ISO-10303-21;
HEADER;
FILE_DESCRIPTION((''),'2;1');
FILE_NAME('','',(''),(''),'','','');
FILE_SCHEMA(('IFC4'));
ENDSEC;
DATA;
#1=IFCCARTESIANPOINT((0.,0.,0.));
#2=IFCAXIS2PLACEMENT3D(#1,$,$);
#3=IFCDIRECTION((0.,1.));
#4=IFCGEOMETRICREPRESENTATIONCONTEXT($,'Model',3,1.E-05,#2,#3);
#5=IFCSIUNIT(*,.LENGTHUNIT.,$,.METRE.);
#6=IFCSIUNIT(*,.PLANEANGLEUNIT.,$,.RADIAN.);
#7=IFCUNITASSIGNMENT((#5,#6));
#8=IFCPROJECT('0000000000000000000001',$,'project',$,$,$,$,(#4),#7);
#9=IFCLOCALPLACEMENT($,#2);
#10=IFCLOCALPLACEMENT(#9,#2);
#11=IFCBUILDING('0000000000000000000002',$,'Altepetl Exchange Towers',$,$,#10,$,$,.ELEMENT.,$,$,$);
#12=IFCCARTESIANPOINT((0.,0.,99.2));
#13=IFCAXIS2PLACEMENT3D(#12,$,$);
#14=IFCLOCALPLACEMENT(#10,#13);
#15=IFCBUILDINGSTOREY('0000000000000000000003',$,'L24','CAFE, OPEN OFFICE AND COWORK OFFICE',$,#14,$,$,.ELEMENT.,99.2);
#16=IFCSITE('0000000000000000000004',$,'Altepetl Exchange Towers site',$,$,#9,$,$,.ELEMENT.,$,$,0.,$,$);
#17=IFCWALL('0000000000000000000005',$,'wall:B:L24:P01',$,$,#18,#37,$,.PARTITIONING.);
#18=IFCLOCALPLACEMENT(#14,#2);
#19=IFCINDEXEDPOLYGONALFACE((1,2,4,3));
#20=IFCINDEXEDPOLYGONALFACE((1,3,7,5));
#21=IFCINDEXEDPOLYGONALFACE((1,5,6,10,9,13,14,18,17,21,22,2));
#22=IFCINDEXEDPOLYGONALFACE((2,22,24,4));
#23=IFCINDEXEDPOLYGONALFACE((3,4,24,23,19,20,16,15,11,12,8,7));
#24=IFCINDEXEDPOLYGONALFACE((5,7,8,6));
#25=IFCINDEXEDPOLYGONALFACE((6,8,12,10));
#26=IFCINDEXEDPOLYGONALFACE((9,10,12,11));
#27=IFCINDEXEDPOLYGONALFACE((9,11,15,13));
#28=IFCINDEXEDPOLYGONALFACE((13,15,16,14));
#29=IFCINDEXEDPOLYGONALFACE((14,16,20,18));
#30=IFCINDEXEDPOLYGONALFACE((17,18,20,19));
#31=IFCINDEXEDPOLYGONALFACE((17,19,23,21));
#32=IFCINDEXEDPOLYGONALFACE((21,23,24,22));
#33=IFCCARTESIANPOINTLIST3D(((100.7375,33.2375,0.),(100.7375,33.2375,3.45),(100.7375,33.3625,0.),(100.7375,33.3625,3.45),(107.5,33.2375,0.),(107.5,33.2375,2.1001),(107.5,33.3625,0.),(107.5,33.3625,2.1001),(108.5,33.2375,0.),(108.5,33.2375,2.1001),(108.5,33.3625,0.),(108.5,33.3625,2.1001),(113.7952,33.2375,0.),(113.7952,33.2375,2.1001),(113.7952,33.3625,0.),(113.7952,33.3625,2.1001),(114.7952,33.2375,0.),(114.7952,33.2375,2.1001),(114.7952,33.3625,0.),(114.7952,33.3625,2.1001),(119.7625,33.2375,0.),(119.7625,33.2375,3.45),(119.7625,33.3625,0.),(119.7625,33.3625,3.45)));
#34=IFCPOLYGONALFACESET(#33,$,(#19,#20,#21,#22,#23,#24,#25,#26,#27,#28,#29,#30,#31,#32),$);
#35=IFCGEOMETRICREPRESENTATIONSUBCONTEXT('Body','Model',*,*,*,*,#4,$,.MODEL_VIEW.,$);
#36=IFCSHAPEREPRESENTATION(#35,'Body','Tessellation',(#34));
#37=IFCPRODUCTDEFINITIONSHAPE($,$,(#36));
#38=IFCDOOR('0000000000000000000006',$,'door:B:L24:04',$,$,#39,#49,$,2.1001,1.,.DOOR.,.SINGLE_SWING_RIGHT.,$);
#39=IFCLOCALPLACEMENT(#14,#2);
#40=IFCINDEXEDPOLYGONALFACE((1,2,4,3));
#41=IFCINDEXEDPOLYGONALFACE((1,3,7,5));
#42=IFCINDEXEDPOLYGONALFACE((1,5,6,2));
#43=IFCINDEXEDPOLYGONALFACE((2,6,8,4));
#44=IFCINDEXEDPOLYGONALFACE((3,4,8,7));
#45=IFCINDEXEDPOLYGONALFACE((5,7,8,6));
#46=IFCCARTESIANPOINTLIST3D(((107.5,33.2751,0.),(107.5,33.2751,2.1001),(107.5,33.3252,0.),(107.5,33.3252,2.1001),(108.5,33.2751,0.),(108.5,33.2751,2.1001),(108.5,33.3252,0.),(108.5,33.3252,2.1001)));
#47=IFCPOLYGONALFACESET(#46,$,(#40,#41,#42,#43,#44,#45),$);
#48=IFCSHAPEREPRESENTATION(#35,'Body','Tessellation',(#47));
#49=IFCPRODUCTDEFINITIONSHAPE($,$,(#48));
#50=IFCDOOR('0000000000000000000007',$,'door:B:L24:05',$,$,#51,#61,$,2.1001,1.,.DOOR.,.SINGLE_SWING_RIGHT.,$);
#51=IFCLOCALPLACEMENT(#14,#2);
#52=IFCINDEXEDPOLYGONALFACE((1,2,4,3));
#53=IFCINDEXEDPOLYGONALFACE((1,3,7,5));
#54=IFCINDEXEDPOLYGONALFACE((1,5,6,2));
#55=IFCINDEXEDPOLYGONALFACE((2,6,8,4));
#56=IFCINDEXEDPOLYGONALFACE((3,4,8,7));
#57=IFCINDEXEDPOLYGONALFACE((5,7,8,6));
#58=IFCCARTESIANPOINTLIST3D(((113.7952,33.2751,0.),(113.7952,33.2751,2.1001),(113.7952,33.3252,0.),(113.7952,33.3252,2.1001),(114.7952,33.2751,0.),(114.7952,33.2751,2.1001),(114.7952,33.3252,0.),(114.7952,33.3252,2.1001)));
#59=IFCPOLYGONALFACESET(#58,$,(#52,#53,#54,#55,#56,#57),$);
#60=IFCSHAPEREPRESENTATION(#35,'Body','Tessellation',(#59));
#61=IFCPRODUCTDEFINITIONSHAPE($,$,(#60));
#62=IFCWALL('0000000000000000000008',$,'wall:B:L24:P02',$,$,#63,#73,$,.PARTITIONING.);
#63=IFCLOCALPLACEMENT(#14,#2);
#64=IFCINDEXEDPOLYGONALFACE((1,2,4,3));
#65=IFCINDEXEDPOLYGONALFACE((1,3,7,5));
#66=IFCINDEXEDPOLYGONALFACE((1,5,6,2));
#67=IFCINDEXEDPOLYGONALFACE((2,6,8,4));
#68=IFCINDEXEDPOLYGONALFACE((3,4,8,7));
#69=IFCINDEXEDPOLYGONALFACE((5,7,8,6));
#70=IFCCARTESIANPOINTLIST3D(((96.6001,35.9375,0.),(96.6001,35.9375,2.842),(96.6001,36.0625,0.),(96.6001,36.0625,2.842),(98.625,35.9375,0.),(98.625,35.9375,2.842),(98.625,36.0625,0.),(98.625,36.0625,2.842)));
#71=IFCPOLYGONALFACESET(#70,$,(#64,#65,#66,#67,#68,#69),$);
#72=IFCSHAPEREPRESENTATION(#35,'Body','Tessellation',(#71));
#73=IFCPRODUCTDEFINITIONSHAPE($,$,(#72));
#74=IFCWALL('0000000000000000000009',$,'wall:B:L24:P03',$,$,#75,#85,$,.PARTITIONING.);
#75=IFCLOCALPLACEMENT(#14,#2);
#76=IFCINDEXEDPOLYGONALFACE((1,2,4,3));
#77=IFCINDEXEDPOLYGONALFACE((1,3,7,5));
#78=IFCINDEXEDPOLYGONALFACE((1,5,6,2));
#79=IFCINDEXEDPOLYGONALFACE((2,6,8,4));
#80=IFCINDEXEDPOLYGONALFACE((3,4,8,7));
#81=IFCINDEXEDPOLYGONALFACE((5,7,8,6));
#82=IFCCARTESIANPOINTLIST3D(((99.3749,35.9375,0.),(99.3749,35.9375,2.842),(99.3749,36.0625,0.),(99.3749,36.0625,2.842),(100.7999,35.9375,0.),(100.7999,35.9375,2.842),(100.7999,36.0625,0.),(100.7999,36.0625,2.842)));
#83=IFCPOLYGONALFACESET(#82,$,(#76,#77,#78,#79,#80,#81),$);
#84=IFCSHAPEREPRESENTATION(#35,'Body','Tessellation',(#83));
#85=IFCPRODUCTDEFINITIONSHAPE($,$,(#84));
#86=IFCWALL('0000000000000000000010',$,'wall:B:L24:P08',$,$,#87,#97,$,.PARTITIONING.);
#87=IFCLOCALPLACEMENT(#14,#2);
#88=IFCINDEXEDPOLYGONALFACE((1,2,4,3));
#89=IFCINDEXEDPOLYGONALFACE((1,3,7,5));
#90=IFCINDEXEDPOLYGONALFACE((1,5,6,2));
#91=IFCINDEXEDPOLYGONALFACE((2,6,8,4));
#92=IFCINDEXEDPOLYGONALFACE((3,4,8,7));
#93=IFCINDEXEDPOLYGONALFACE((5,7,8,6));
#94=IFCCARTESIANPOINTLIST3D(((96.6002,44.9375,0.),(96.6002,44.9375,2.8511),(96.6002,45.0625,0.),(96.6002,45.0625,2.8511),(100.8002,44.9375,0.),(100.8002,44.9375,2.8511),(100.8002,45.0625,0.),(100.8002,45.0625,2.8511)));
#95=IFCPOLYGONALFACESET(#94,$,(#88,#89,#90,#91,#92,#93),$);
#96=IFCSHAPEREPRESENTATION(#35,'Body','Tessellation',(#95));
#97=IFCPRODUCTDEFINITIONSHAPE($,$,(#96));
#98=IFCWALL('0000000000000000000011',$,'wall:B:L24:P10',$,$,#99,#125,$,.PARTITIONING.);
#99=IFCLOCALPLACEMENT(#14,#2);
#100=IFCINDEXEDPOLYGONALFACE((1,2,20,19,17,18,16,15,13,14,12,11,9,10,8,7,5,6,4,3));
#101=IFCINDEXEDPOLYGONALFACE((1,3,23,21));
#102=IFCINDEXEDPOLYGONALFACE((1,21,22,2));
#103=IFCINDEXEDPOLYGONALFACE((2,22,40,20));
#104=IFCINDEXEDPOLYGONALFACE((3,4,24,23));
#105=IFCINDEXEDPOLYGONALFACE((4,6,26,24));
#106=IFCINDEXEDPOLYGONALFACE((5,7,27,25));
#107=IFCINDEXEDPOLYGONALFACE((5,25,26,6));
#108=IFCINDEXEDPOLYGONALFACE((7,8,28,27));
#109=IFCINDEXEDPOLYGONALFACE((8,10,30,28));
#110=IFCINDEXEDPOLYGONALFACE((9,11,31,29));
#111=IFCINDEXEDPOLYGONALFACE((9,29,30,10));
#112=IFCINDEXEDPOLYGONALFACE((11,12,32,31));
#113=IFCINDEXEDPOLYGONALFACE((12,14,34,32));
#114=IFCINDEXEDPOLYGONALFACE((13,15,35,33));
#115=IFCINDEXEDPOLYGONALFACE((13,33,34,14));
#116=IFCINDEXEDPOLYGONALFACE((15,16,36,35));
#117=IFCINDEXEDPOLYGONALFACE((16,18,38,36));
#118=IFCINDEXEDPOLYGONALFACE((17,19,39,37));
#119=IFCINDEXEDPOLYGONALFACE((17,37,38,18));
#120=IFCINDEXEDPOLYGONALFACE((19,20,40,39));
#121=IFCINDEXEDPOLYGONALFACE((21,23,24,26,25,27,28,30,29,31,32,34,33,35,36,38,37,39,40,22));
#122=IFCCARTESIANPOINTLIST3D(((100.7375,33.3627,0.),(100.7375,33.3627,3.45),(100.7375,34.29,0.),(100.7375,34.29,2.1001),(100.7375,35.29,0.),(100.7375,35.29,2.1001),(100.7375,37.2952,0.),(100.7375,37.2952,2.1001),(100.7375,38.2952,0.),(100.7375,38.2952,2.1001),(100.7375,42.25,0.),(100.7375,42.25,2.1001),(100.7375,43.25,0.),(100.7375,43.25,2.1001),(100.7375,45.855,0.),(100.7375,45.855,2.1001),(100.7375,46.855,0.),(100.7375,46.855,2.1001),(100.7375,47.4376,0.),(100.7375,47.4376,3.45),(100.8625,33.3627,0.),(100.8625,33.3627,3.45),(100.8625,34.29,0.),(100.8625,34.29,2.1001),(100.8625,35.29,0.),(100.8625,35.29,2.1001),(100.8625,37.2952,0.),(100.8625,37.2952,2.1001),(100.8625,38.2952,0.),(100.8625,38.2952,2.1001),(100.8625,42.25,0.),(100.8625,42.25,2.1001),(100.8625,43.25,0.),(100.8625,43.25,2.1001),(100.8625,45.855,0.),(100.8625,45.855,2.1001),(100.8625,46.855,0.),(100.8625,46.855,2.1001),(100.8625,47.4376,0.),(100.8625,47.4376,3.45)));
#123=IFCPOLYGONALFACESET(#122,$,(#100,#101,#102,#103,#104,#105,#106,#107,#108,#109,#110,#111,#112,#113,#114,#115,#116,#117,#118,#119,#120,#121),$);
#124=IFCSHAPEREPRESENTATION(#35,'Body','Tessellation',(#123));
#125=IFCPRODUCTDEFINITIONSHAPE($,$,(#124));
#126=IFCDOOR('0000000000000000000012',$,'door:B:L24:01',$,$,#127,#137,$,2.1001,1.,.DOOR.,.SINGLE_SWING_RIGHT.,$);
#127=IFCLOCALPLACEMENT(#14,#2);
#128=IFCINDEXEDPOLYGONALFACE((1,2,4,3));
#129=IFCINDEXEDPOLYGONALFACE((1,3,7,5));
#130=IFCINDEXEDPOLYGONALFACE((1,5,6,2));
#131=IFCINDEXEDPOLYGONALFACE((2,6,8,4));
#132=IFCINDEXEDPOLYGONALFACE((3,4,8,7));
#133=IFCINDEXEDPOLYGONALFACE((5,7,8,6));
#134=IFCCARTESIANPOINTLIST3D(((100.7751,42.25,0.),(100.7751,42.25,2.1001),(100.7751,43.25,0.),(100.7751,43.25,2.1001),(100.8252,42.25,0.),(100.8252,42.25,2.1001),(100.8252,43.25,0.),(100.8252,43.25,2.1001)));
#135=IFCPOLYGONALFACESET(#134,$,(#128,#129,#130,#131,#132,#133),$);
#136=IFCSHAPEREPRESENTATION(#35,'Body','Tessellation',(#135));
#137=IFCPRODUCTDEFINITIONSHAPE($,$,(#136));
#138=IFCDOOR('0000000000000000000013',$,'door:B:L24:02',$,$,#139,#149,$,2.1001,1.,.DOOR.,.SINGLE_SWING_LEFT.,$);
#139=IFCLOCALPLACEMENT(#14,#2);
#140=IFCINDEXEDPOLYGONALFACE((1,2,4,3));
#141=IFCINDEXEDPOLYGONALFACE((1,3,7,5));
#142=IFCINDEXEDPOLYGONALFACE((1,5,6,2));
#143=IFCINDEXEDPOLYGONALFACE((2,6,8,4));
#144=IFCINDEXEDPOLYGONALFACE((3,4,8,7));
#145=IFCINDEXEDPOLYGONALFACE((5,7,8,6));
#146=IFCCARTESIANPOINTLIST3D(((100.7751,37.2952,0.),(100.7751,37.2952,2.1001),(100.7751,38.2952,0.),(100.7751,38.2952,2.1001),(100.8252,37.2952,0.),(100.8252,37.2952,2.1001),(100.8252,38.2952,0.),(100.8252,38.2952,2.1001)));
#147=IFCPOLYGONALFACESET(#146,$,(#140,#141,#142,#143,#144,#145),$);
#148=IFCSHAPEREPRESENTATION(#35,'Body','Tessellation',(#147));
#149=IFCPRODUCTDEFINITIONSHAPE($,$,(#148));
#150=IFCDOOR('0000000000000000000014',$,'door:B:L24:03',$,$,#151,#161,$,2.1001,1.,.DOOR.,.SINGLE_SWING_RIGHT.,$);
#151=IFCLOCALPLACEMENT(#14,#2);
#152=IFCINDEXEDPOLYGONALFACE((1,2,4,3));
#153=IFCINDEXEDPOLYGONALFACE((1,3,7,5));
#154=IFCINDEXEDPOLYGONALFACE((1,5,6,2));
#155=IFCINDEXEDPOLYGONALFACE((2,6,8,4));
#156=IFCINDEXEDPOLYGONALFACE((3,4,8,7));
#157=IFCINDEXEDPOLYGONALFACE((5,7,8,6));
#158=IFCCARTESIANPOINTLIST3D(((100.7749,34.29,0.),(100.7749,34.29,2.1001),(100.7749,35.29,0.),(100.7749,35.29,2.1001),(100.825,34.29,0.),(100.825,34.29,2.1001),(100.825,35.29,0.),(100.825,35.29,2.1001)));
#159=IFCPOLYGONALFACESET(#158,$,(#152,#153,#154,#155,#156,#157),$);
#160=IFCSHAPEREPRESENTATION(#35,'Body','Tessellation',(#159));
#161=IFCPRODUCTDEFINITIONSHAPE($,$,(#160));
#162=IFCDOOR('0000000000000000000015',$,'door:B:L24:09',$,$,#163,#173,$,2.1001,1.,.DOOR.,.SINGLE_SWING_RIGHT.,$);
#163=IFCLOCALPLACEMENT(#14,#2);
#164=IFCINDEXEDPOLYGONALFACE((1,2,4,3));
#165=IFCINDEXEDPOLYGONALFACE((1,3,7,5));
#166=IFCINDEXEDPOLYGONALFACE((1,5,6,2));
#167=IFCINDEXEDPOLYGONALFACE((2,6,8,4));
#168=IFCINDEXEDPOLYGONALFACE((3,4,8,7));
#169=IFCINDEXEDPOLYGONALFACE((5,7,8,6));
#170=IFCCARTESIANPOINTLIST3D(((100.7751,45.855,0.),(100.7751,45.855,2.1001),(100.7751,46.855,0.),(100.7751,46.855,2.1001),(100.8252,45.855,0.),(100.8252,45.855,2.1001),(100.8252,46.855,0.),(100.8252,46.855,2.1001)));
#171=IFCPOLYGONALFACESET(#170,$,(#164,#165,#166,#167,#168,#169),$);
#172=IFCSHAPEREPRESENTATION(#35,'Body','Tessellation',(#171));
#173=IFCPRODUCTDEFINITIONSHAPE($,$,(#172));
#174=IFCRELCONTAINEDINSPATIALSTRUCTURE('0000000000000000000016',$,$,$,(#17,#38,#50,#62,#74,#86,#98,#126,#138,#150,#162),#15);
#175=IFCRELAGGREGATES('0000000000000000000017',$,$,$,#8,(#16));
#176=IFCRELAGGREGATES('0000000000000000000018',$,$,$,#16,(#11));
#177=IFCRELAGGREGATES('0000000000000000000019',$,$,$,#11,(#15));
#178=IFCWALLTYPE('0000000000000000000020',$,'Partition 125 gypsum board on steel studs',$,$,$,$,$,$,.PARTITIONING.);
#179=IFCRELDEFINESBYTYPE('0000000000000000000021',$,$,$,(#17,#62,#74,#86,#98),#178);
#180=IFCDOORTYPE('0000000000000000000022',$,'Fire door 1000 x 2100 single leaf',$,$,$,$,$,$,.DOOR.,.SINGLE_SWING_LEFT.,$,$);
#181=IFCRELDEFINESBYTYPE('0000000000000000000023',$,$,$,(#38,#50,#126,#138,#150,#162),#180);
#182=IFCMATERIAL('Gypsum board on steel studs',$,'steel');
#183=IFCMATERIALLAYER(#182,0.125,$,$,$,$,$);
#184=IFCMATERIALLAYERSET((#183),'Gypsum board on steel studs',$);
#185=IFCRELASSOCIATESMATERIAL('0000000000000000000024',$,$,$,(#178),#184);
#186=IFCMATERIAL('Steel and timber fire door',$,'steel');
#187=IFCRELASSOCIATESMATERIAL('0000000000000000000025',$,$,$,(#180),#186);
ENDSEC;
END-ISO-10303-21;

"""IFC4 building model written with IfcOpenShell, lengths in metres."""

from ifc_helpers import new_model, si_unit, direction, frame, frame_2d, origin, place, context, subcontext, project, spatial, rectangle, extrude, material, layer, layer_set, type_object, element, fill, save


model = new_model("IFC4")

# Units and contexts
model_context = context("Model", 3, precision=1e-05, world=origin(), true_north=direction((0.0, 1.0)))
body_context = subcontext(model_context, "Body", "Model", "MODEL_VIEW")
ifc_project = project(units=[si_unit("LENGTHUNIT", "METRE"), si_unit("PLANEANGLEUNIT", "RADIAN")], contexts=[model_context])

# Site, building, storey
site_placement = place(None, origin())
site = spatial("IfcSite", under=ifc_project, at=site_placement, Name="Altepetl Exchange Towers site", CompositionType="ELEMENT", RefElevation=0.0)
building_placement = place(site_placement, origin())
building = spatial("IfcBuilding", under=site, at=building_placement, Name="Altepetl Exchange Towers", CompositionType="ELEMENT")
storey_placement = place(building_placement, frame((0.0, 0.0, 99.2)))
storey = spatial("IfcBuildingStorey", under=building, at=storey_placement, Name="L24", Description="CAFE, OPEN OFFICE AND COWORK OFFICE", CompositionType="ELEMENT", Elevation=99.2)

# Wall, openings, doors
ifc_material_1 = material(Name="Gypsum board on steel studs", Category="steel")
ifc_layer_1 = layer(ifc_material_1, 0.125)
ifc_layer_set_1 = layer_set([ifc_layer_1], Name="Gypsum board on steel studs")
wall_type_1 = type_object("IfcWallType", Name="Partition 125 gypsum board on steel studs", PredefinedType="PARTITIONING", material=ifc_layer_set_1)
wall_1_placement = place(storey_placement, frame((100.7375, 33.3, 0.0)))
wall_1 = element("IfcWall", 1, at=wall_1_placement, inside=storey, type_object=wall_type_1, Name="wall:B:L24:P01", PredefinedType="PARTITIONING", context=body_context, shape_type="SweptSolid", body=[
    extrude(rectangle(XDim=19.0249, YDim=0.125, at=frame_2d((9.5125, 0.0))), origin(), (0.0, 0.0, 1.0), 3.45),
])
opening_1_placement = place(wall_1_placement, frame((6.7625, 0.0, 0.0)))
opening_1 = element("IfcOpeningElement", 2, at=opening_1_placement, cuts=wall_1, PredefinedType="OPENING", context=body_context, shape_type="SweptSolid", body=[
    extrude(rectangle(XDim=1.0, YDim=2.1001, at=frame_2d((0.5, 1.05))), frame((0.0, 0.0725, 0.0), z_axis=(0.0, -1.0, 0.0), x_axis=(1.0, 0.0, 0.0)), (0.0, 0.0, 1.0), 0.145),
])
opening_2_placement = place(wall_1_placement, frame((13.0576, 0.0, 0.0)))
opening_2 = element("IfcOpeningElement", 3, at=opening_2_placement, cuts=wall_1, PredefinedType="OPENING", context=body_context, shape_type="SweptSolid", body=[
    extrude(rectangle(XDim=1.0, YDim=2.1001, at=frame_2d((0.5, 1.05))), frame((0.0, 0.0725, 0.0), z_axis=(0.0, -1.0, 0.0), x_axis=(1.0, 0.0, 0.0)), (0.0, 0.0, 1.0), 0.145),
])
ifc_material_2 = material(Name="Steel and timber fire door", Category="steel")
door_type = type_object("IfcDoorType", Name="Fire door 1000 x 2100 single leaf", OperationType="SINGLE_SWING_LEFT", PredefinedType="DOOR", material=ifc_material_2)
door_1_placement = place(opening_1_placement, frame((1.0, 0.0, 0.0), x_axis=(-1.0, 0.0, 0.0)))
door_1 = element("IfcDoor", 4, at=door_1_placement, inside=storey, type_object=door_type, Name="door:B:L24:04", OperationType="SINGLE_SWING_RIGHT", OverallHeight=2.1001, OverallWidth=1.0, PredefinedType="DOOR", context=body_context, shape_type="SweptSolid", body=[
    extrude(rectangle(XDim=1.0, YDim=2.1001, at=frame_2d((0.5, 1.05))), frame((0.0, 0.0249, 0.0), z_axis=(0.0, -1.0, 0.0), x_axis=(1.0, 0.0, 0.0)), (0.0, 0.0, 1.0), 0.05),
])
fill(opening_1, door_1)
door_2_placement = place(opening_2_placement, frame((1.0, 0.0, 0.0), x_axis=(-1.0, 0.0, 0.0)))
door_2 = element("IfcDoor", 5, at=door_2_placement, inside=storey, type_object=door_type, Name="door:B:L24:05", OperationType="SINGLE_SWING_RIGHT", OverallHeight=2.1001, OverallWidth=1.0, PredefinedType="DOOR", context=body_context, shape_type="SweptSolid", body=[
    extrude(rectangle(XDim=1.0, YDim=2.1001, at=frame_2d((0.5, 1.05))), frame((0.0, 0.0249, 0.0), z_axis=(0.0, -1.0, 0.0), x_axis=(1.0, 0.0, 0.0)), (0.0, 0.0, 1.0), 0.05),
])
fill(opening_2, door_2)

# Walls
wall_2_placement = place(storey_placement, frame((96.6001, 36.0, 0.0)))
element("IfcWall", 6, at=wall_2_placement, inside=storey, type_object=wall_type_1, Name="wall:B:L24:P02", PredefinedType="PARTITIONING", context=body_context, shape_type="SweptSolid", body=[
    extrude(rectangle(XDim=2.0249, YDim=0.125, at=frame_2d((1.0125, 0.0))), origin(), (0.0, 0.0, 1.0), 2.842),
])
wall_3_placement = place(storey_placement, frame((99.375, 36.0, 0.0)))
element("IfcWall", 7, at=wall_3_placement, inside=storey, type_object=wall_type_1, Name="wall:B:L24:P03", PredefinedType="PARTITIONING", context=body_context, shape_type="SweptSolid", body=[
    extrude(rectangle(XDim=1.425, YDim=0.125, at=frame_2d((0.7124, 0.0))), origin(), (0.0, 0.0, 1.0), 2.842),
])
wall_4_placement = place(storey_placement, frame((96.6001, 45.0, 0.0)))
element("IfcWall", 8, at=wall_4_placement, inside=storey, type_object=wall_type_1, Name="wall:B:L24:P08", PredefinedType="PARTITIONING", context=body_context, shape_type="SweptSolid", body=[
    extrude(rectangle(XDim=4.2, YDim=0.125, at=frame_2d((2.1001, 0.0))), origin(), (0.0, 0.0, 1.0), 2.8511),
])

# Wall, openings, doors
wall_5_placement = place(storey_placement, frame((100.8, 33.3625, 0.0), z_axis=(0.0, 0.0, 1.0), x_axis=(0.0, 1.0, 0.0)))
wall_5 = element("IfcWall", 9, at=wall_5_placement, inside=storey, type_object=wall_type_1, Name="wall:B:L24:P10", PredefinedType="PARTITIONING", context=body_context, shape_type="SweptSolid", body=[
    extrude(rectangle(XDim=14.075, YDim=0.125, at=frame_2d((7.0376, 0.0))), origin(), (0.0, 0.0, 1.0), 3.45),
])
opening_3_placement = place(wall_5_placement, frame((8.8875, 0.0, 0.0)))
opening_3 = element("IfcOpeningElement", 10, at=opening_3_placement, cuts=wall_5, PredefinedType="OPENING", context=body_context, shape_type="SweptSolid", body=[
    extrude(rectangle(XDim=1.0, YDim=2.1001, at=frame_2d((0.5, 1.05))), frame((0.0, 0.0725, 0.0), z_axis=(0.0, -1.0, 0.0), x_axis=(1.0, 0.0, 0.0)), (0.0, 0.0, 1.0), 0.145),
])
opening_4_placement = place(wall_5_placement, frame((3.9326, 0.0, 0.0)))
opening_4 = element("IfcOpeningElement", 11, at=opening_4_placement, cuts=wall_5, PredefinedType="OPENING", context=body_context, shape_type="SweptSolid", body=[
    extrude(rectangle(XDim=1.0, YDim=2.1001, at=frame_2d((0.5, 1.05))), frame((0.0, 0.0725, 0.0), z_axis=(0.0, -1.0, 0.0), x_axis=(1.0, 0.0, 0.0)), (0.0, 0.0, 1.0), 0.145),
])
opening_5_placement = place(wall_5_placement, frame((0.9275, 0.0, 0.0)))
opening_5 = element("IfcOpeningElement", 12, at=opening_5_placement, cuts=wall_5, PredefinedType="OPENING", context=body_context, shape_type="SweptSolid", body=[
    extrude(rectangle(XDim=1.0, YDim=2.1001, at=frame_2d((0.5, 1.05))), frame((0.0, 0.0725, 0.0), z_axis=(0.0, -1.0, 0.0), x_axis=(1.0, 0.0, 0.0)), (0.0, 0.0, 1.0), 0.145),
])
opening_6_placement = place(wall_5_placement, frame((12.4924, 0.0, 0.0)))
opening_6 = element("IfcOpeningElement", 13, at=opening_6_placement, cuts=wall_5, PredefinedType="OPENING", context=body_context, shape_type="SweptSolid", body=[
    extrude(rectangle(XDim=1.0, YDim=2.1001, at=frame_2d((0.5, 1.05))), frame((0.0, 0.0725, 0.0), z_axis=(0.0, -1.0, 0.0), x_axis=(1.0, 0.0, 0.0)), (0.0, 0.0, 1.0), 0.145),
])
door_3_placement = place(opening_3_placement, origin())
door_3 = element("IfcDoor", 14, at=door_3_placement, inside=storey, type_object=door_type, Name="door:B:L24:01", OperationType="SINGLE_SWING_RIGHT", OverallHeight=2.1001, OverallWidth=1.0, PredefinedType="DOOR", context=body_context, shape_type="SweptSolid", body=[
    extrude(rectangle(XDim=1.0, YDim=2.1001, at=frame_2d((0.5, 1.05))), frame((0.0, 0.0249, 0.0), z_axis=(0.0, -1.0, 0.0), x_axis=(1.0, 0.0, 0.0)), (0.0, 0.0, 1.0), 0.05),
])
fill(opening_3, door_3)
door_4_placement = place(opening_4_placement, origin())
door_4 = element("IfcDoor", 15, at=door_4_placement, inside=storey, type_object=door_type, Name="door:B:L24:02", OperationType="SINGLE_SWING_LEFT", OverallHeight=2.1001, OverallWidth=1.0, PredefinedType="DOOR", context=body_context, shape_type="SweptSolid", body=[
    extrude(rectangle(XDim=1.0, YDim=2.1001, at=frame_2d((0.5, 1.05))), frame((0.0, 0.0249, 0.0), z_axis=(0.0, -1.0, 0.0), x_axis=(1.0, 0.0, 0.0)), (0.0, 0.0, 1.0), 0.05),
])
fill(opening_4, door_4)
door_5_placement = place(opening_5_placement, frame((1.0, 0.0, 0.0), x_axis=(-1.0, 0.0, 0.0)))
door_5 = element("IfcDoor", 16, at=door_5_placement, inside=storey, type_object=door_type, Name="door:B:L24:03", OperationType="SINGLE_SWING_RIGHT", OverallHeight=2.1001, OverallWidth=1.0, PredefinedType="DOOR", context=body_context, shape_type="SweptSolid", body=[
    extrude(rectangle(XDim=1.0, YDim=2.1001, at=frame_2d((0.5, 1.05))), frame((0.0, 0.0249, 0.0), z_axis=(0.0, -1.0, 0.0), x_axis=(1.0, 0.0, 0.0)), (0.0, 0.0, 1.0), 0.05),
])
fill(opening_5, door_5)
door_6_placement = place(opening_6_placement, origin())
door_6 = element("IfcDoor", 17, at=door_6_placement, inside=storey, type_object=door_type, Name="door:B:L24:09", OperationType="SINGLE_SWING_RIGHT", OverallHeight=2.1001, OverallWidth=1.0, PredefinedType="DOOR", context=body_context, shape_type="SweptSolid", body=[
    extrude(rectangle(XDim=1.0, YDim=2.1001, at=frame_2d((0.5, 1.05))), frame((0.0, 0.0249, 0.0), z_axis=(0.0, -1.0, 0.0), x_axis=(1.0, 0.0, 0.0)), (0.0, 0.0, 1.0), 0.05),
])
fill(opening_6, door_6)

save(model, "model.ifc")
